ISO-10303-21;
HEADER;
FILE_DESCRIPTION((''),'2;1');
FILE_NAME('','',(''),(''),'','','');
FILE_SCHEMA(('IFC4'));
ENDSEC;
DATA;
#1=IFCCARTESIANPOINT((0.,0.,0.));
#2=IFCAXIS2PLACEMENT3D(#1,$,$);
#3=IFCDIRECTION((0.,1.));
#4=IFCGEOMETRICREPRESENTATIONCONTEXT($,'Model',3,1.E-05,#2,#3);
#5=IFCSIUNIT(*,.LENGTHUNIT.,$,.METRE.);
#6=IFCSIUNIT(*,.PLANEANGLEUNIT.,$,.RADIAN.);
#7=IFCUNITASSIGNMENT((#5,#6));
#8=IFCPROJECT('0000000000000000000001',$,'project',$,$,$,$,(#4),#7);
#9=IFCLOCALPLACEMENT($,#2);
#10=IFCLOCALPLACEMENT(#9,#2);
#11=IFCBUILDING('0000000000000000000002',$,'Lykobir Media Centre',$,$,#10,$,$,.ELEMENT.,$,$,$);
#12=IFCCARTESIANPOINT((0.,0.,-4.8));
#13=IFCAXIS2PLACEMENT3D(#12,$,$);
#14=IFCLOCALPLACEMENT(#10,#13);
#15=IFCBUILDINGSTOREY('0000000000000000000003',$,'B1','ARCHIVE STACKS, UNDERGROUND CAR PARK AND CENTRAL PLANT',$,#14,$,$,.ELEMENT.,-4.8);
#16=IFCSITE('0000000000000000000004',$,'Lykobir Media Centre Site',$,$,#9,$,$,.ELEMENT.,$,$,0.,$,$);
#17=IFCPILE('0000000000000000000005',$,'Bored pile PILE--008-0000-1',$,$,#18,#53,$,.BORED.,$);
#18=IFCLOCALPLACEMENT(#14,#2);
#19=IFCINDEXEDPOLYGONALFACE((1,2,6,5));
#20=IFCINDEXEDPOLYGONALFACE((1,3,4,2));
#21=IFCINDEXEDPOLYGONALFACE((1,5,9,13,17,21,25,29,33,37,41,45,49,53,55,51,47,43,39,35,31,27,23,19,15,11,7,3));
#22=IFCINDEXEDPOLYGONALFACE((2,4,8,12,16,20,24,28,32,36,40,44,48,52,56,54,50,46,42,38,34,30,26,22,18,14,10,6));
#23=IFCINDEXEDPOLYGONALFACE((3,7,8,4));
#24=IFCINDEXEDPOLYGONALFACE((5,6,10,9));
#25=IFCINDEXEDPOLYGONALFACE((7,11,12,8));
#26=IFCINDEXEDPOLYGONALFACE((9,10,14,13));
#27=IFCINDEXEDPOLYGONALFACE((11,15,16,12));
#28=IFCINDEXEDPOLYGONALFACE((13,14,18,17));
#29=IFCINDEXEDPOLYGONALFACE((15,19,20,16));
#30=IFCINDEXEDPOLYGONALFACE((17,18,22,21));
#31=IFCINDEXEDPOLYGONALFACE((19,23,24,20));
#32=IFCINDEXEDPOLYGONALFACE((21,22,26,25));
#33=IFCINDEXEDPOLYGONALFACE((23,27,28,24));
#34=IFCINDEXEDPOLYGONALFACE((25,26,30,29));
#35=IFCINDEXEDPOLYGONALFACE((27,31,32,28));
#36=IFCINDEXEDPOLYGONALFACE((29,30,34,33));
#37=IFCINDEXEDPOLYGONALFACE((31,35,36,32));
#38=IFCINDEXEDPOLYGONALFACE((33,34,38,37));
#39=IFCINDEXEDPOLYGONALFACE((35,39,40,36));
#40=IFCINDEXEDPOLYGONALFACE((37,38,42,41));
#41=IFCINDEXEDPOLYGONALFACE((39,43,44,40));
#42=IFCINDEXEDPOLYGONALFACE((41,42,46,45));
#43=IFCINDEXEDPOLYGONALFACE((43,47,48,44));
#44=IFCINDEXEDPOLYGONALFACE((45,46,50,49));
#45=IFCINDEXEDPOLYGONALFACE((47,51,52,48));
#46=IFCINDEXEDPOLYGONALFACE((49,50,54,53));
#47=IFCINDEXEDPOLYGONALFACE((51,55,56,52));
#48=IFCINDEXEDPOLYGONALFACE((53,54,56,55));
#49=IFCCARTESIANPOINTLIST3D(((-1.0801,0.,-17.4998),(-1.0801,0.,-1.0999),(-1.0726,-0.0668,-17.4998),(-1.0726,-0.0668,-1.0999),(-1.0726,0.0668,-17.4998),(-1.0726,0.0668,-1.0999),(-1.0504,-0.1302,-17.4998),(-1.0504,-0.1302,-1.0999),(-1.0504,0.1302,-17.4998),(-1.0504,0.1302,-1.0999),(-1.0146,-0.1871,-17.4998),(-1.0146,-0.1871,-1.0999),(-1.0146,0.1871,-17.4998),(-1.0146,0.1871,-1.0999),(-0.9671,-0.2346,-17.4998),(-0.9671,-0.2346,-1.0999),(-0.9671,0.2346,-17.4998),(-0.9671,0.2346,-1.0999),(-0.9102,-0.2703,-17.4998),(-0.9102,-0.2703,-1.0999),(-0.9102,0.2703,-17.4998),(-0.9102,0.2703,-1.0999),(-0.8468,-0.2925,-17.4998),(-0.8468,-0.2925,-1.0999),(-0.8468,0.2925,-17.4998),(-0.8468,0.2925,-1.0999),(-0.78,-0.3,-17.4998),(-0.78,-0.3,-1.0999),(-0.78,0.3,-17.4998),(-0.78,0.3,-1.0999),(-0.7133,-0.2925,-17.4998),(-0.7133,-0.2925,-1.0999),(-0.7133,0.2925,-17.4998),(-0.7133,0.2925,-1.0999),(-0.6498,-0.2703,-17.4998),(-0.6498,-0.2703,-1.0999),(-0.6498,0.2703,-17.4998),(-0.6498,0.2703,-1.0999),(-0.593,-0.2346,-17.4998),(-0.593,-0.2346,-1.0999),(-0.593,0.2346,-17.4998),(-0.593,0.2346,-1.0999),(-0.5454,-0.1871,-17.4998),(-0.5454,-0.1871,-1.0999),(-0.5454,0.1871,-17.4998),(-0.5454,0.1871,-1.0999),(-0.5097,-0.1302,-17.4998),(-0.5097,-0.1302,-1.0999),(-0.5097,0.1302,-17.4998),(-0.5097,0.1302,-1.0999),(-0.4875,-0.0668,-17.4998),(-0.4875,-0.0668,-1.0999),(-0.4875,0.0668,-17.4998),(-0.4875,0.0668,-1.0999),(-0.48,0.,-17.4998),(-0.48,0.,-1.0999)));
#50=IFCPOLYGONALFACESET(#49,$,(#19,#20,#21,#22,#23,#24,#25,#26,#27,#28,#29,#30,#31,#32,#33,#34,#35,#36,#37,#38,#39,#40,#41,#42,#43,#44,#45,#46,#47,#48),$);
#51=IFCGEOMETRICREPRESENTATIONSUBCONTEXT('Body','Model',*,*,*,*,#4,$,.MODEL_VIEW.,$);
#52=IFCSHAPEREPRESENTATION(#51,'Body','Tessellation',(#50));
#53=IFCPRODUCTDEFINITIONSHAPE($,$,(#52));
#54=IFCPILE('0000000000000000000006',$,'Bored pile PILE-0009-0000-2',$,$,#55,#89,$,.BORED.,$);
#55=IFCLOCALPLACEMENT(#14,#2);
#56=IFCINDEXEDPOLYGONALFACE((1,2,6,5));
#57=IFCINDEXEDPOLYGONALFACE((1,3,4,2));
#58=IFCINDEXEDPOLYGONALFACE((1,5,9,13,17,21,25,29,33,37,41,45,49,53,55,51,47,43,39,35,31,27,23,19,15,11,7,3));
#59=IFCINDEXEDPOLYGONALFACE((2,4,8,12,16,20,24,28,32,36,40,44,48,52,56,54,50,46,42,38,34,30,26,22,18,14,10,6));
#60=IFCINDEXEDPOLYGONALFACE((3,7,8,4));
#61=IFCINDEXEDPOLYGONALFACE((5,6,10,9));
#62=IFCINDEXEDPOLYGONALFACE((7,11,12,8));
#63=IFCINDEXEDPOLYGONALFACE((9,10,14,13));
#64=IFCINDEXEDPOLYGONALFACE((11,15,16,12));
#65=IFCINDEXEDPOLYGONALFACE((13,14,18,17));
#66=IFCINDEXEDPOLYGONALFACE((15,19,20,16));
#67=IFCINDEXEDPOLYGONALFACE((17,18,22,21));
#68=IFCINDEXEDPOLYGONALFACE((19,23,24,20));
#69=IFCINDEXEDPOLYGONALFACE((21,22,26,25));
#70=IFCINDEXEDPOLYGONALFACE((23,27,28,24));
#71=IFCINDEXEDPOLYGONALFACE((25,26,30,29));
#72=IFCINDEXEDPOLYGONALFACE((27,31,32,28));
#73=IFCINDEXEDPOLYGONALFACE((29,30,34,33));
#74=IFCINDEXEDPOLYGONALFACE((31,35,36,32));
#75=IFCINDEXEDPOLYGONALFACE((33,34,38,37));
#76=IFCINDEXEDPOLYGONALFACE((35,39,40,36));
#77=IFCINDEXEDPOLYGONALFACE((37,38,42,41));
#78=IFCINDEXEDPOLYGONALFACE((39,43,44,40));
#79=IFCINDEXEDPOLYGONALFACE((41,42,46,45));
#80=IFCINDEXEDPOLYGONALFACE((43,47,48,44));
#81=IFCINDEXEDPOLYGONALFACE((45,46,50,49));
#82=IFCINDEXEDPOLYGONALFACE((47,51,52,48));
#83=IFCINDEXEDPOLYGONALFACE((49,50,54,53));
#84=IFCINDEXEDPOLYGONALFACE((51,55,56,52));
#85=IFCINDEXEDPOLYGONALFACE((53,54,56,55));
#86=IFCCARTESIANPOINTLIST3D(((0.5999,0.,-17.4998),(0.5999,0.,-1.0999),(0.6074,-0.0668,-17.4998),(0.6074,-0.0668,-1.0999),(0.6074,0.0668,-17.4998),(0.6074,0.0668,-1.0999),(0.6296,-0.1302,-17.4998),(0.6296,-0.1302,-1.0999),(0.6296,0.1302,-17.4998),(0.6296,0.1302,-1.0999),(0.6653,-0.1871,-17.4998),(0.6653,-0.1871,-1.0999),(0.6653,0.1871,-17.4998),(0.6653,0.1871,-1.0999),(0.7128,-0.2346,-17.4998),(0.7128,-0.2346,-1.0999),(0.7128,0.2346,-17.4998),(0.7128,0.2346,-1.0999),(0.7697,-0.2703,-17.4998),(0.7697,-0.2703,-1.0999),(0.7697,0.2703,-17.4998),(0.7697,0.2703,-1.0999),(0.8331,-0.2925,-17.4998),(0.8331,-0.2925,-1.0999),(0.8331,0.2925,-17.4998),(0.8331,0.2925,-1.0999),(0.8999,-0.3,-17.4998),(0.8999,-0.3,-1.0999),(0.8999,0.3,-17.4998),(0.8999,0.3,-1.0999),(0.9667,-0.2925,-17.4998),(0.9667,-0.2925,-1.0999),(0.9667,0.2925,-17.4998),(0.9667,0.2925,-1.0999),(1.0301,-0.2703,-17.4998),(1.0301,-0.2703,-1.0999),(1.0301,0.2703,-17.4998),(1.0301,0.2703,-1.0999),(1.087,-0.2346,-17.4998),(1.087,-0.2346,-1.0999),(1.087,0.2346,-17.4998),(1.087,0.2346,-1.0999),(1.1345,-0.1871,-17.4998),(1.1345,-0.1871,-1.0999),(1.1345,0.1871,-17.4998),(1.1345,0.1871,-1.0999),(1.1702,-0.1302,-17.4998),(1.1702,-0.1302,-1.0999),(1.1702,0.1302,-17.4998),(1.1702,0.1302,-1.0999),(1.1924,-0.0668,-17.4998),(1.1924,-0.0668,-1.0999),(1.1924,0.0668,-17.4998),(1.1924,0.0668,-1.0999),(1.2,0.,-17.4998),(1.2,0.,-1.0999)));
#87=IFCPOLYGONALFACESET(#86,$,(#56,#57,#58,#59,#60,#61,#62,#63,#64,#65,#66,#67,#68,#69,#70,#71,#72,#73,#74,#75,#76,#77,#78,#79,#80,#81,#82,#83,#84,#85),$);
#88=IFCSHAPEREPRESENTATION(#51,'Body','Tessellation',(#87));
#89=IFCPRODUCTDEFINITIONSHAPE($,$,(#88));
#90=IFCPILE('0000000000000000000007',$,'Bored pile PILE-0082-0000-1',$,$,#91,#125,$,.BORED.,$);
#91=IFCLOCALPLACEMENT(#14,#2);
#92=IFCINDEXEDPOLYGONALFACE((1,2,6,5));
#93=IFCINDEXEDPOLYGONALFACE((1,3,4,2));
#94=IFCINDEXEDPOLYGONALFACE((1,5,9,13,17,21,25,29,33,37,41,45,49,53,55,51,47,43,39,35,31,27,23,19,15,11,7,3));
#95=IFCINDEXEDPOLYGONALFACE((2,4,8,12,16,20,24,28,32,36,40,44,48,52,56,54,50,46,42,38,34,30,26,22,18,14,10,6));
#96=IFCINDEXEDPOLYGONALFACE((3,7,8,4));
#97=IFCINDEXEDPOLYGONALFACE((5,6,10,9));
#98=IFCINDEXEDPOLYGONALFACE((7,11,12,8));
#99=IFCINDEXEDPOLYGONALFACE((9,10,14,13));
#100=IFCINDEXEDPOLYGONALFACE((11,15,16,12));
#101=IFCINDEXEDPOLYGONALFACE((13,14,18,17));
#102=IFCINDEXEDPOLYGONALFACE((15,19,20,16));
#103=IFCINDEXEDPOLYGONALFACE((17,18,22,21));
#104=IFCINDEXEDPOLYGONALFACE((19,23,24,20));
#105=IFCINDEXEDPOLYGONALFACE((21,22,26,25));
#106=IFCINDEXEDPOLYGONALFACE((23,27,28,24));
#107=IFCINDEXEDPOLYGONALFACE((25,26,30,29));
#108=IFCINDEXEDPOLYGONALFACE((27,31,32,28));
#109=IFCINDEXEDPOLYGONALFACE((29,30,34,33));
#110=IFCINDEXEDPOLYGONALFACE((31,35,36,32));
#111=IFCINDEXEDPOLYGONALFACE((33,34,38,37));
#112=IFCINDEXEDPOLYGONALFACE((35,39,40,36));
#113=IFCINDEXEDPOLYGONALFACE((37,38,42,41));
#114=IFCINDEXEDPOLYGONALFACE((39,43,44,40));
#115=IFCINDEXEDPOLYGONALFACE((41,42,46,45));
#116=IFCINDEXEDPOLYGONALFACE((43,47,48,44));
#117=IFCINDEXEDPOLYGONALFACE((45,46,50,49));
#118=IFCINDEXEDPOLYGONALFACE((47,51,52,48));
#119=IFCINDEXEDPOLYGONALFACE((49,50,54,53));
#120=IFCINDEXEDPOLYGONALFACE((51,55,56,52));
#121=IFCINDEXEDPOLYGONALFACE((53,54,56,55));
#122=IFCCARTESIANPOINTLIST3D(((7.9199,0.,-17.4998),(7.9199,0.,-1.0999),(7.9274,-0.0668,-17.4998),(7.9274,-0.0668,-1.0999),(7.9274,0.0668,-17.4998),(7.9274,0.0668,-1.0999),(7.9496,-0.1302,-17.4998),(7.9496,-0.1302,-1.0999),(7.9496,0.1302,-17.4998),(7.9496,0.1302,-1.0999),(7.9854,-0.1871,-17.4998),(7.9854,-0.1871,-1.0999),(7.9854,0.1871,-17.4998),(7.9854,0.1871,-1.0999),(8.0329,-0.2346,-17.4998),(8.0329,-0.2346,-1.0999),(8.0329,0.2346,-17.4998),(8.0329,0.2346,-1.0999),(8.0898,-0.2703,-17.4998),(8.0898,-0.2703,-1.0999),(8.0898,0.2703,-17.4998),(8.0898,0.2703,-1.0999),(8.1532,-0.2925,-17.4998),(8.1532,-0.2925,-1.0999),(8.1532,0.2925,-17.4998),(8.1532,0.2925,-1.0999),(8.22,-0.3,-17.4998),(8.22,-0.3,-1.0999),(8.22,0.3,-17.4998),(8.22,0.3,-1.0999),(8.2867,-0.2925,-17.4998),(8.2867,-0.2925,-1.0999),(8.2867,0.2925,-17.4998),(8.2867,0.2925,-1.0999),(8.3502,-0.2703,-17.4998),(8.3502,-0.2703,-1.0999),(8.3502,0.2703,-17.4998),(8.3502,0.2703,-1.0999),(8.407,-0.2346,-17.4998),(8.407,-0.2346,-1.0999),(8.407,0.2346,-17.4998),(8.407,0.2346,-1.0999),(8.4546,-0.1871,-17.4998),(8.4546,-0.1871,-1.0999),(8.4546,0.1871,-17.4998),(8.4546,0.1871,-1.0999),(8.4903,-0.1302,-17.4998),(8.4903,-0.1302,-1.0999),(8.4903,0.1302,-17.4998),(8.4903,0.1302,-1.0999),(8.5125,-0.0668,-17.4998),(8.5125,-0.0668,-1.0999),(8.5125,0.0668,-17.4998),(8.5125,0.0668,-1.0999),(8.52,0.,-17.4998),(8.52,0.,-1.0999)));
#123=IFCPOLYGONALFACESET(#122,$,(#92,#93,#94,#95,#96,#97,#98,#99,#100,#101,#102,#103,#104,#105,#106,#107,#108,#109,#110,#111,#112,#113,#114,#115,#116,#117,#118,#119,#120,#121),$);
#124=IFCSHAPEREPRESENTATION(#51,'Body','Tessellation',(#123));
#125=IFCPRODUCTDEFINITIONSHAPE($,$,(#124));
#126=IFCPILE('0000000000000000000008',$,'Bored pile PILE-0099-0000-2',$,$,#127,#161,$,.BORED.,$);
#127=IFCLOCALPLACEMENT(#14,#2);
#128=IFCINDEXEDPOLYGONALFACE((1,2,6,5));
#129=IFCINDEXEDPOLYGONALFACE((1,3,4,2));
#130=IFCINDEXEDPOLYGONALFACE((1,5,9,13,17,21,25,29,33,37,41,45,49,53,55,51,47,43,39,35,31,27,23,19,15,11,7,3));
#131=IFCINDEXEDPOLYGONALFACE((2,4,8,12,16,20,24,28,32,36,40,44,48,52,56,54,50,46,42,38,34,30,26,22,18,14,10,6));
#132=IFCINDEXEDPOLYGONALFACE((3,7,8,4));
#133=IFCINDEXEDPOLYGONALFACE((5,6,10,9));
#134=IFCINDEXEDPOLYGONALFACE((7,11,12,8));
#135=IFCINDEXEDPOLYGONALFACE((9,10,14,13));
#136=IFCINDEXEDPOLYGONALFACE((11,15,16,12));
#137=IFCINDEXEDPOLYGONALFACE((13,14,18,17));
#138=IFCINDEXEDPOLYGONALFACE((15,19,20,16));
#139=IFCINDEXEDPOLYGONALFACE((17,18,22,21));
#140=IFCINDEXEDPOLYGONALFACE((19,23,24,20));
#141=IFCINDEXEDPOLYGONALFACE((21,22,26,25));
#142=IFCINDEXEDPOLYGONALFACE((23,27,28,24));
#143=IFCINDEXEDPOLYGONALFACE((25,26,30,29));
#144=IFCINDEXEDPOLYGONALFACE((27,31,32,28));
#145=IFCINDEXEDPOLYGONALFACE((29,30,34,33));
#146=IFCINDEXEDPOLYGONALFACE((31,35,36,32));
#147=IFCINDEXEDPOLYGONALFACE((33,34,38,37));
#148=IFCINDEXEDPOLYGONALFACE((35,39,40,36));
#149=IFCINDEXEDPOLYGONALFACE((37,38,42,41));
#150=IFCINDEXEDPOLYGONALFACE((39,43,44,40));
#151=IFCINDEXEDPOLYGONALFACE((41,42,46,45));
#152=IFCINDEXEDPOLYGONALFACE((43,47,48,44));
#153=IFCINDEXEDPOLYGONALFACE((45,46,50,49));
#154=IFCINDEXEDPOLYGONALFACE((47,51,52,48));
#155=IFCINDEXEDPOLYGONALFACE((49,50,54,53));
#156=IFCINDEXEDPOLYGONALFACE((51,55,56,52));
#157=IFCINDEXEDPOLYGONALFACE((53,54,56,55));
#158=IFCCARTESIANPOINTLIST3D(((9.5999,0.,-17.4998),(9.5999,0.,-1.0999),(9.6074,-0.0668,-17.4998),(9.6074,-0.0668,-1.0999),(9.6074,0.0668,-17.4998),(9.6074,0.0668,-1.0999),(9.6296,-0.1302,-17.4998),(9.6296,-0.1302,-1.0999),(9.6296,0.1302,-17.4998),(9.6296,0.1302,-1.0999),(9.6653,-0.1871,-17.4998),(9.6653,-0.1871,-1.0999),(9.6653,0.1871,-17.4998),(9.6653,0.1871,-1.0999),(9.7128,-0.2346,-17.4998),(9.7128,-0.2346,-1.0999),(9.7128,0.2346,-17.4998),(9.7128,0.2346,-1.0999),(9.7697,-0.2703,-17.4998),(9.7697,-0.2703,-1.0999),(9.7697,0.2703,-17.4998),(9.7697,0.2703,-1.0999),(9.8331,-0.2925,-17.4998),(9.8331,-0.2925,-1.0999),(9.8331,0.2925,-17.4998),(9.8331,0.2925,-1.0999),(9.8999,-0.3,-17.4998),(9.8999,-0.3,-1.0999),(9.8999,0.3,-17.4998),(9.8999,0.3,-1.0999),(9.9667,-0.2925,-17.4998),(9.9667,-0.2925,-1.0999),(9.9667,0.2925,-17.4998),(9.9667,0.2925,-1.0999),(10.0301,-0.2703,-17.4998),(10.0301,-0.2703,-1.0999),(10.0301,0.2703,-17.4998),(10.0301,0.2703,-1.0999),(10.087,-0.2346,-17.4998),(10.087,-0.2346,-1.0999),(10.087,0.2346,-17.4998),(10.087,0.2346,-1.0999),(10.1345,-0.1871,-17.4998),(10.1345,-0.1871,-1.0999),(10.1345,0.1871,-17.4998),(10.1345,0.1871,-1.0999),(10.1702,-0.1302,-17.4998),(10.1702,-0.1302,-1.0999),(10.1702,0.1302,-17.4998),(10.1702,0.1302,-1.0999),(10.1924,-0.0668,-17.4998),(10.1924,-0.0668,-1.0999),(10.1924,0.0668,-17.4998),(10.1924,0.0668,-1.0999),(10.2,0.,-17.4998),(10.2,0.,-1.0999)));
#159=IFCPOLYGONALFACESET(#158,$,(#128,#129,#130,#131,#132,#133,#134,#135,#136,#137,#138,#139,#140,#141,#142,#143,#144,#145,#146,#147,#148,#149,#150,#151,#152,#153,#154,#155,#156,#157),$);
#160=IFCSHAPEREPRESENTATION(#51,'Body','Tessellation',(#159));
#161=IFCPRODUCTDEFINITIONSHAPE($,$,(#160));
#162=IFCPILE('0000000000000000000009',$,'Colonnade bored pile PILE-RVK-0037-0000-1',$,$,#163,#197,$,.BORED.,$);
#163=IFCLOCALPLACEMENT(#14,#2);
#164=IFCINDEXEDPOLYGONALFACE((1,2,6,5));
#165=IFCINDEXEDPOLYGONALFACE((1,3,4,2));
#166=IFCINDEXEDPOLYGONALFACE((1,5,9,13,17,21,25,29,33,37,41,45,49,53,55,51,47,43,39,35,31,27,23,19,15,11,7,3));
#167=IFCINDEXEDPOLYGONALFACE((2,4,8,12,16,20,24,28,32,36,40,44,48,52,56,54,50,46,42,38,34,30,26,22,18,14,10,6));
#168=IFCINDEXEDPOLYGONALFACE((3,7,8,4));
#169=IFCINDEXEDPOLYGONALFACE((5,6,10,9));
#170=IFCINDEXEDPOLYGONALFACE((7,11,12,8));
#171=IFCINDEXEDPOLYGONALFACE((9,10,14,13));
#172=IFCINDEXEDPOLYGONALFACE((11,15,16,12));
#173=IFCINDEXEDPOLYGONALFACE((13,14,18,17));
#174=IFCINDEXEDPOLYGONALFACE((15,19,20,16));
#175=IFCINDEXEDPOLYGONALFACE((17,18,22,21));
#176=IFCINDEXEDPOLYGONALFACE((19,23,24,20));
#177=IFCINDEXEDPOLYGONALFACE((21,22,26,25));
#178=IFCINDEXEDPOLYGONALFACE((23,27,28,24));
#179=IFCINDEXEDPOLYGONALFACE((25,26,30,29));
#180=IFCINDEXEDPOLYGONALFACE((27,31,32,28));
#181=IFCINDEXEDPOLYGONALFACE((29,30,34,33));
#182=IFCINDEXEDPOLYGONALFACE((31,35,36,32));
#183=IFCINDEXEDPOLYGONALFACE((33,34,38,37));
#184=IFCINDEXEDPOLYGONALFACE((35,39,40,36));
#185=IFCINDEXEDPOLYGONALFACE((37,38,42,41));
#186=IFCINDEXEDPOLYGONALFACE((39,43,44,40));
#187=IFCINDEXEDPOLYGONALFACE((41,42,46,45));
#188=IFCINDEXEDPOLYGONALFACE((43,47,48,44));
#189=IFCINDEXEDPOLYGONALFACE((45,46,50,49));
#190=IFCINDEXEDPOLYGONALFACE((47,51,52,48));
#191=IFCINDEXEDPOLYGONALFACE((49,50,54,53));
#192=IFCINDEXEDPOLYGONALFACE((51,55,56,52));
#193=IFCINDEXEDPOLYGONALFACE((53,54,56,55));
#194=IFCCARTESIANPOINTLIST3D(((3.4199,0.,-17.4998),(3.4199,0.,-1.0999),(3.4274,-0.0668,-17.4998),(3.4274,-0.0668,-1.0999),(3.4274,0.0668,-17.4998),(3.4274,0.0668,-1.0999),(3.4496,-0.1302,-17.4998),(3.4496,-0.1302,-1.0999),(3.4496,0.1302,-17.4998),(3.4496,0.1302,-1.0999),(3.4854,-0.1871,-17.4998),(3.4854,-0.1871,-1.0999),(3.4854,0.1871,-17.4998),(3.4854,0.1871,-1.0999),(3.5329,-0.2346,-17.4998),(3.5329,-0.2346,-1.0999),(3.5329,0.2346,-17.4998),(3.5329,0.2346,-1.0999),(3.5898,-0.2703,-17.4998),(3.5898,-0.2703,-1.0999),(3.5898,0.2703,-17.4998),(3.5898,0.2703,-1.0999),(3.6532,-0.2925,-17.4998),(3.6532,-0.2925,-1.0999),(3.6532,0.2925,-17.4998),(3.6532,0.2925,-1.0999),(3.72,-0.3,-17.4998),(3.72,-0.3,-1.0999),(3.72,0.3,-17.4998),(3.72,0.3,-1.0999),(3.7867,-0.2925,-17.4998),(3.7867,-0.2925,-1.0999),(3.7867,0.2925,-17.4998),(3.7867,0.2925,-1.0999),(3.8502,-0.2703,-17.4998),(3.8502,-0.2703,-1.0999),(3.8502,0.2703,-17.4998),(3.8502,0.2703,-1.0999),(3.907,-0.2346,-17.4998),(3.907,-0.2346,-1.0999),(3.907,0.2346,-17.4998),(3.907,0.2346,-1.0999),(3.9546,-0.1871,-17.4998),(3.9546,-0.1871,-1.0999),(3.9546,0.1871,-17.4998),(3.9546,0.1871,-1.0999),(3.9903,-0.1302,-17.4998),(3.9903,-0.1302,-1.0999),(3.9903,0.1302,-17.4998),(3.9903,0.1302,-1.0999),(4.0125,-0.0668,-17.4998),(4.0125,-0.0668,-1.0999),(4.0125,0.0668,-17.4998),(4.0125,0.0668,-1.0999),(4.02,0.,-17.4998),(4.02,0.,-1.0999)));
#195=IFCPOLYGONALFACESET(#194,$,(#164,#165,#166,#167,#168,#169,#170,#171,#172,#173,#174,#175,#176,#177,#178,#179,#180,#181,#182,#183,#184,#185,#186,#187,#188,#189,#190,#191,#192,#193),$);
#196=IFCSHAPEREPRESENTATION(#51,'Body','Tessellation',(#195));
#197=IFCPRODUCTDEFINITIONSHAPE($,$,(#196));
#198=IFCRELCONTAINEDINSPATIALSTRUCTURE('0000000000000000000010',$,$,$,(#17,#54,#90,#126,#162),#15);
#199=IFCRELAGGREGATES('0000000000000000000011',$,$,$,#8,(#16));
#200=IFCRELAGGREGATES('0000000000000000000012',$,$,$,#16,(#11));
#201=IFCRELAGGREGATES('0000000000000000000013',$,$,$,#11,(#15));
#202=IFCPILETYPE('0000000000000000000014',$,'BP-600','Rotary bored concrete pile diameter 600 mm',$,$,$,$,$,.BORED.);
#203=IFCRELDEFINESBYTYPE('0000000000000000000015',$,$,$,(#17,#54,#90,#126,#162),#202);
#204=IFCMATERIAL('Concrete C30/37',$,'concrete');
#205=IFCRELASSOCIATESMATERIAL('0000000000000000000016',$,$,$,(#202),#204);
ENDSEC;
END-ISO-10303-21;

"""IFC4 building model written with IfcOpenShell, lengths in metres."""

from ifc_helpers import new_model, si_unit, direction, frame, origin, origin_2d, place, context, subcontext, project, spatial, circle, extrude, material, material_profile, profile_set, type_object, element, save


model = new_model("IFC4")

# Units and contexts
model_context = context("Model", 3, precision=1e-05, world=origin(), true_north=direction((0.0, 1.0)))
body_context = subcontext(model_context, "Body", "Model", "MODEL_VIEW")
ifc_project = project(units=[si_unit("LENGTHUNIT", "METRE"), si_unit("PLANEANGLEUNIT", "RADIAN")], contexts=[model_context])

# Site, building, storey
site_placement = place(None, origin())
site = spatial("IfcSite", under=ifc_project, at=site_placement, Name="Lykobir Media Centre Site", CompositionType="ELEMENT", RefElevation=0.0)
building_placement = place(site_placement, origin())
building = spatial("IfcBuilding", under=site, at=building_placement, Name="Lykobir Media Centre", CompositionType="ELEMENT")
storey_placement = place(building_placement, frame((0.0, 0.0, -4.8)))
storey = spatial("IfcBuildingStorey", under=building, at=storey_placement, Name="B1", Description="ARCHIVE STACKS, UNDERGROUND CAR PARK AND CENTRAL PLANT", CompositionType="ELEMENT", Elevation=-4.8)

# Piles
ifc_material_1 = material(Name="Concrete C30/37", Category="concrete")
ifc_material_profile_1 = material_profile(ifc_material_1, circle(Radius=0.3, at=origin_2d()), Name="BORED PILE D600")
ifc_profile_set_1 = profile_set([ifc_material_profile_1], Name="Concrete C30/37")
pile_type = type_object("IfcPileType", Name="BP-600", Description="Rotary bored concrete pile diameter 600 mm", PredefinedType="BORED", material=ifc_profile_set_1)
for number, where, z_axis, x_axis, name in (
    (1, (-0.78, 0.0, -1.0999), (0.0, 0.0, -1.0), (1.0, 0.0, 0.0), "Bored pile PILE--008-0000-1"),
    (2, (0.8999, 0.0, -1.0999), (0.0, 0.0, -1.0), (1.0, 0.0, 0.0), "Bored pile PILE-0009-0000-2"),
    (3, (8.22, 0.0, -1.0999), (0.0, 0.0, -1.0), (1.0, 0.0, 0.0), "Bored pile PILE-0082-0000-1"),
    (4, (9.8999, 0.0, -1.0999), (0.0, 0.0, -1.0), (1.0, 0.0, 0.0), "Bored pile PILE-0099-0000-2"),
    (5, (3.72, 0.0, -1.0999), (0.0, 0.0, -1.0), (1.0, 0.0, 0.0), "Colonnade bored pile PILE-RVK-0037-0000-1"),
):
    element("IfcPile", number, at=place(storey_placement, frame(where, z_axis=z_axis, x_axis=x_axis)), inside=storey, type_object=pile_type, Name=name, PredefinedType="BORED", context=body_context, shape_type="SweptSolid", body=[
        extrude(circle(Radius=0.3, at=origin_2d()), origin(), (0.0, 0.0, 1.0), 16.3999),
    ])

save(model, "model.ifc")
